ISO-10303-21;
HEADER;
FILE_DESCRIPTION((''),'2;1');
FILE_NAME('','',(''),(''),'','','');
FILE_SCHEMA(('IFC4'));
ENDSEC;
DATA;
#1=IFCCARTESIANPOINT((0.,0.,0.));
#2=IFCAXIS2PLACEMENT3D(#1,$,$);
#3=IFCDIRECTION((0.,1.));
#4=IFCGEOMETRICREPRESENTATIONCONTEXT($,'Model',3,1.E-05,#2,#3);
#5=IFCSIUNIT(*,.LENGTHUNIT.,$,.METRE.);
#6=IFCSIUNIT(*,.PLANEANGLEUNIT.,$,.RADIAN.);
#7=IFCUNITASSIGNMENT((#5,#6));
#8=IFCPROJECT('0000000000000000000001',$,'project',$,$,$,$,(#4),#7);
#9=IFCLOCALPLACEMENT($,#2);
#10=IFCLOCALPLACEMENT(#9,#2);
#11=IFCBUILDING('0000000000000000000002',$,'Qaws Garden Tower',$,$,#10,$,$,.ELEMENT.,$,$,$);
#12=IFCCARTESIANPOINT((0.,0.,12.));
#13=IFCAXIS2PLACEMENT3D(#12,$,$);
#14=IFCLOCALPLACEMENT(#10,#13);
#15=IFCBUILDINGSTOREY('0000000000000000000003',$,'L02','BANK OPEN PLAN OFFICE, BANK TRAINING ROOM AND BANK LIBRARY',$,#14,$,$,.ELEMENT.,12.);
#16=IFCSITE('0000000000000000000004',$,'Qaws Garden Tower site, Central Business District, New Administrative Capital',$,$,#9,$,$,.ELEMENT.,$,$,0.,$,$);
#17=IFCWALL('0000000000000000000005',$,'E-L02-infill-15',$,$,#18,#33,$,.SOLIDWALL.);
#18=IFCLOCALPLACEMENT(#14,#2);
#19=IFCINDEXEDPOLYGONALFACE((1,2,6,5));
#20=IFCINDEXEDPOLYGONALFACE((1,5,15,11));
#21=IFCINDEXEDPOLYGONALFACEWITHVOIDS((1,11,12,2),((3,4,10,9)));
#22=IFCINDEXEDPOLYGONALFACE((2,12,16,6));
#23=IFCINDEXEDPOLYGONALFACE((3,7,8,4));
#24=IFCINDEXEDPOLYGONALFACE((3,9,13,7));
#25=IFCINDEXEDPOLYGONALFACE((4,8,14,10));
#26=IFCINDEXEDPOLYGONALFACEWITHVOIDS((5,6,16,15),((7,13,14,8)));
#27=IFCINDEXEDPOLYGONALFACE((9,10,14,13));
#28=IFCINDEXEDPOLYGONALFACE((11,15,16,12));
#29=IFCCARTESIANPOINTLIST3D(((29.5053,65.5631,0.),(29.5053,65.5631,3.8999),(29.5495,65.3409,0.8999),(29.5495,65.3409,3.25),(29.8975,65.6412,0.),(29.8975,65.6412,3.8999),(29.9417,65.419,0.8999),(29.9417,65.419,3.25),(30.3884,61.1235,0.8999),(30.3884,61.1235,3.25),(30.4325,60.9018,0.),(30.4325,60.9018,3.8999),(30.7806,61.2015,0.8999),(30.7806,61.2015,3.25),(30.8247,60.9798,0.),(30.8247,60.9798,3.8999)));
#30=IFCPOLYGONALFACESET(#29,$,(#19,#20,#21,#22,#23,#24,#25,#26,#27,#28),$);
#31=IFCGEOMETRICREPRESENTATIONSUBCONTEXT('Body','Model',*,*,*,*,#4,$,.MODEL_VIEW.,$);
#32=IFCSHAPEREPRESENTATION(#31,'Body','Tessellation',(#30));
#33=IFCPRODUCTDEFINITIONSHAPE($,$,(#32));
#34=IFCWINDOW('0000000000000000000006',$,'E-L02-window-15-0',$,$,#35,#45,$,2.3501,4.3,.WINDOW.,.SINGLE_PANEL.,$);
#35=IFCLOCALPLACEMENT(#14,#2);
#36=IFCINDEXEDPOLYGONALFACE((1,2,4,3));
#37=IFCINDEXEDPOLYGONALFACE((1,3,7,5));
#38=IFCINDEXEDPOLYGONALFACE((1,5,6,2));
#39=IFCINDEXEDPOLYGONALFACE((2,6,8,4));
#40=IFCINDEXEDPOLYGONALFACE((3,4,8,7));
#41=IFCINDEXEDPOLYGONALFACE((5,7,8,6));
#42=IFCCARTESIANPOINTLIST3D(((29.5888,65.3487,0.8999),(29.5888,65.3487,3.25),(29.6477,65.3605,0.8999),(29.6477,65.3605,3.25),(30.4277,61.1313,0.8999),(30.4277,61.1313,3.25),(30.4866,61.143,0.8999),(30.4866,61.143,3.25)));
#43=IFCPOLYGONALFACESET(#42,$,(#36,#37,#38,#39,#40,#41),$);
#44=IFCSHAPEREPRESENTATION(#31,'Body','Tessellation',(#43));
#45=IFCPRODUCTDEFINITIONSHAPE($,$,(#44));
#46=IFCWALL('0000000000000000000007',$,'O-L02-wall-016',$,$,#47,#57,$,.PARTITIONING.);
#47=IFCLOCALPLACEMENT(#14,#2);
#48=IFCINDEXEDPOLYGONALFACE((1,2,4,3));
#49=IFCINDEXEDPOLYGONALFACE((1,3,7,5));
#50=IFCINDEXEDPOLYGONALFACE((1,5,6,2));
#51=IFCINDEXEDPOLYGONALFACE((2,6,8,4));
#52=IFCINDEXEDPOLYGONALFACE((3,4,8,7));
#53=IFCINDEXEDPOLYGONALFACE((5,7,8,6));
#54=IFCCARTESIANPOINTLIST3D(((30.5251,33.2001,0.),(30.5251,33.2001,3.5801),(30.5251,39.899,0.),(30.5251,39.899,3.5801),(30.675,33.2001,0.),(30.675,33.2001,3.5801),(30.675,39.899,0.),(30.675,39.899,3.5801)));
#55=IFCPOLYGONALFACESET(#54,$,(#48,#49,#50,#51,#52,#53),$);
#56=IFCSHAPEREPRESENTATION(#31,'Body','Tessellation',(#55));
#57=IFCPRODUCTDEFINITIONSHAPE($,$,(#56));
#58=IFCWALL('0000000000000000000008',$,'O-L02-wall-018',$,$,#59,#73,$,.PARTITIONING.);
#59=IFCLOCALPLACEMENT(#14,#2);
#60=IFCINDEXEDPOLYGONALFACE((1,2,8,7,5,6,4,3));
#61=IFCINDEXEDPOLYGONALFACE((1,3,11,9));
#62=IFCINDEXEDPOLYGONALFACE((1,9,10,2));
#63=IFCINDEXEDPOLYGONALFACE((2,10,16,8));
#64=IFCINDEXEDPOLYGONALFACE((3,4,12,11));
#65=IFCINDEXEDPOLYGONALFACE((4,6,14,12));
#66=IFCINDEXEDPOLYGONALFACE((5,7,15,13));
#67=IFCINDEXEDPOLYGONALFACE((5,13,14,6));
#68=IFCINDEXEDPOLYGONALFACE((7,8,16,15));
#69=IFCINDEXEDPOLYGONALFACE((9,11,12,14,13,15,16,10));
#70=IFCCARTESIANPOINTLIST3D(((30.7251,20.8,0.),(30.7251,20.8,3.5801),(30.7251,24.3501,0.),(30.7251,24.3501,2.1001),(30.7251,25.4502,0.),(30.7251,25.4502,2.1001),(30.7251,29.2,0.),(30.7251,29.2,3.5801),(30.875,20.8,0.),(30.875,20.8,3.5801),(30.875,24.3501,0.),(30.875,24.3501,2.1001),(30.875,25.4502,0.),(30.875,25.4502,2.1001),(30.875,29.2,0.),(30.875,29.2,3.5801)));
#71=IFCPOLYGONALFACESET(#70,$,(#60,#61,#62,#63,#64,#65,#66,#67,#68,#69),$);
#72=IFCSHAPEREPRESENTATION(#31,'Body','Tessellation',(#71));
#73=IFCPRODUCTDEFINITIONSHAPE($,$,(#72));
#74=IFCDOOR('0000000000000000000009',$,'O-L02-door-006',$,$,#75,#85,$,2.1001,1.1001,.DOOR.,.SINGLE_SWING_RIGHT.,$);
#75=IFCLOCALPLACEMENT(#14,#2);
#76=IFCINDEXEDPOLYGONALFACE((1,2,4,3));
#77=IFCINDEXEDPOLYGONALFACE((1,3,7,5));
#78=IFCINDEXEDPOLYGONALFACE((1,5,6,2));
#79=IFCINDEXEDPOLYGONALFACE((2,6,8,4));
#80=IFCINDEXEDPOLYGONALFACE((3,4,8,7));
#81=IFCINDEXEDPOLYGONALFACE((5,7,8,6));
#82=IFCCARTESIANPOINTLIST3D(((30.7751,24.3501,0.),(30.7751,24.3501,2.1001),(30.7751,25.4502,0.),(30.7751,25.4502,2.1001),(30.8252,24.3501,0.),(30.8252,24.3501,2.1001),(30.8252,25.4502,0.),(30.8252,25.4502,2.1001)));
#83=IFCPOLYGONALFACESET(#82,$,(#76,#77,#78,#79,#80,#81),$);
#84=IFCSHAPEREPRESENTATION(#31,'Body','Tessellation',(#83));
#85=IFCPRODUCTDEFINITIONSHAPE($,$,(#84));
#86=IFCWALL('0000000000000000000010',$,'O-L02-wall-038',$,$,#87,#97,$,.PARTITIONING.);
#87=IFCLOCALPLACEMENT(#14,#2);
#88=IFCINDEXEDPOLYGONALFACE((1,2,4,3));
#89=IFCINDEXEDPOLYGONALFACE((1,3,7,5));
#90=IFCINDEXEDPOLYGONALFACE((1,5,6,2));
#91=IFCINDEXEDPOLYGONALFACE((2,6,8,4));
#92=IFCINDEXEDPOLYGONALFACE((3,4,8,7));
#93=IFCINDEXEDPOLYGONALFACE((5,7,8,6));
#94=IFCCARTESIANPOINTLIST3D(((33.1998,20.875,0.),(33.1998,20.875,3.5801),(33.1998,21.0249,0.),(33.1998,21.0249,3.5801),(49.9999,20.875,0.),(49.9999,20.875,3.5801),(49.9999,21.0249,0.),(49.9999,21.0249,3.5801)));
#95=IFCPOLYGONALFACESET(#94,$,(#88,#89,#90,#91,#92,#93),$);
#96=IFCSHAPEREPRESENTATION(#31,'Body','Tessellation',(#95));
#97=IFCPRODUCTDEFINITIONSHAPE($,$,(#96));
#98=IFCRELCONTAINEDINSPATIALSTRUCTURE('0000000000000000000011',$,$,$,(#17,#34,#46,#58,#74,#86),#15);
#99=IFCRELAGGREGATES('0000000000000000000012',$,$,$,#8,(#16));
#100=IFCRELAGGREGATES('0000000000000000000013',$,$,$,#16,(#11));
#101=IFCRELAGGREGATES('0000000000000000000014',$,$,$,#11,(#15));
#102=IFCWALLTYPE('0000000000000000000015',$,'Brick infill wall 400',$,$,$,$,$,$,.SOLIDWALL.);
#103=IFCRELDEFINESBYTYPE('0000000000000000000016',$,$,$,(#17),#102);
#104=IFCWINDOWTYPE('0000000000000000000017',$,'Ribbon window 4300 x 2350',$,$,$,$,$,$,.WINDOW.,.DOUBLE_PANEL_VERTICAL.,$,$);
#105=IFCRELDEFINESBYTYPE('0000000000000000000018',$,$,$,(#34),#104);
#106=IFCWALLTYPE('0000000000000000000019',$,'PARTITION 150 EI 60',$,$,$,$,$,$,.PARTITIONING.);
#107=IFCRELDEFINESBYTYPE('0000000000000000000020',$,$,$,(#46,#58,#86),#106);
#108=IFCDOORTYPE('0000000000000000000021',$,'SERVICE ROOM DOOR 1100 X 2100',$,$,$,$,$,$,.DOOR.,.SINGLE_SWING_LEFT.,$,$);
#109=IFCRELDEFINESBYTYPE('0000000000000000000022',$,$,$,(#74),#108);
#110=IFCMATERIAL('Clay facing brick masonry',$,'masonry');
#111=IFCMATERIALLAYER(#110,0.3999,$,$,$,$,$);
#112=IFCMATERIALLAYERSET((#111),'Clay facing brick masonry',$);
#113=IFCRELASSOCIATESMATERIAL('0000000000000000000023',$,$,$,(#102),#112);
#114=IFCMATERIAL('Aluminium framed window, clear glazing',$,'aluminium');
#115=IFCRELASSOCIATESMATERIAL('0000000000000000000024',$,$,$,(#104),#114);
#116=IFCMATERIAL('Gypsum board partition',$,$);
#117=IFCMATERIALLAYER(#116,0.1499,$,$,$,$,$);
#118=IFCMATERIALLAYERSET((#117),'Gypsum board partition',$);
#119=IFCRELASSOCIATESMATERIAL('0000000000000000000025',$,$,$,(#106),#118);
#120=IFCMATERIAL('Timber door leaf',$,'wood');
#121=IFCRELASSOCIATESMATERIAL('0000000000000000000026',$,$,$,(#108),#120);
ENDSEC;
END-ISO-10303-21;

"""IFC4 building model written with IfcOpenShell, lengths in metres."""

from ifc_helpers import new_model, si_unit, direction, frame, frame_2d, origin, place, context, subcontext, project, spatial, rectangle, extrude, material, layer, layer_set, type_object, element, fill, save


model = new_model("IFC4")

# Units and contexts
model_context = context("Model", 3, precision=1e-05, world=origin(), true_north=direction((0.0, 1.0)))
body_context = subcontext(model_context, "Body", "Model", "MODEL_VIEW")
ifc_project = project(units=[si_unit("LENGTHUNIT", "METRE"), si_unit("PLANEANGLEUNIT", "RADIAN")], contexts=[model_context])

# Site, building, storey
site_placement = place(None, origin())
site = spatial("IfcSite", under=ifc_project, at=site_placement, Name="Qaws Garden Tower site, Central Business District, New Administrative Capital", CompositionType="ELEMENT", RefElevation=0.0)
building_placement = place(site_placement, origin())
building = spatial("IfcBuilding", under=site, at=building_placement, Name="Qaws Garden Tower", CompositionType="ELEMENT")
storey_placement = place(building_placement, frame((0.0, 0.0, 12.0)))
storey = spatial("IfcBuildingStorey", under=building, at=storey_placement, Name="L02", Description="BANK OPEN PLAN OFFICE, BANK TRAINING ROOM AND BANK LIBRARY", CompositionType="ELEMENT", Elevation=12.0)

# Shared definitions
ifc_material_1 = material(Name="Clay facing brick masonry", Category="masonry")
ifc_layer_1 = layer(ifc_material_1, 0.3999)
ifc_layer_set_1 = layer_set([ifc_layer_1], Name="Clay facing brick masonry")
wall_type_1 = type_object("IfcWallType", Name="Brick infill wall 400", PredefinedType="SOLIDWALL", material=ifc_layer_set_1)

# Wall, opening, window
wall_1_placement = place(storey_placement, frame((30.6287, 60.9407, 0.0), z_axis=(0.0, 0.0, 1.0), x_axis=(-0.195099, 0.980784, 0.0)))
wall_1 = element("IfcWall", 1, at=wall_1_placement, inside=storey, type_object=wall_type_1, Name="E-L02-infill-15", PredefinedType="SOLIDWALL", context=body_context, shape_type="SweptSolid", body=[
    extrude(rectangle(XDim=4.7527, YDim=0.3999, at=frame_2d((2.3765, 0.0))), origin(), (0.0, 0.0, 1.0), 3.8999),
])
opening_1_placement = place(wall_1_placement, frame((0.2263, 0.0, 0.8999)))
opening_1 = element("IfcOpeningElement", 2, at=opening_1_placement, cuts=wall_1, PredefinedType="OPENING", context=body_context, shape_type="SweptSolid", body=[
    extrude(rectangle(XDim=4.3, YDim=2.3501, at=frame_2d((2.1499, 1.175))), frame((0.0, 0.21, 0.0), z_axis=(0.0, -1.0, 0.0), x_axis=(1.0, 0.0, 0.0)), (0.0, 0.0, 1.0), 0.4199),
])
ifc_material_2 = material(Name="Aluminium framed window, clear glazing", Category="aluminium")
window_type_1 = type_object("IfcWindowType", Name="Ribbon window 4300 x 2350", PartitioningType="DOUBLE_PANEL_VERTICAL", PredefinedType="WINDOW", material=ifc_material_2)
window_1_placement = place(opening_1_placement, origin())
window_1 = element("IfcWindow", 3, at=window_1_placement, inside=storey, type_object=window_type_1, Name="E-L02-window-15-0", OverallHeight=2.3501, OverallWidth=4.3, PartitioningType="SINGLE_PANEL", PredefinedType="WINDOW", context=body_context, shape_type="SweptSolid", body=[
    extrude(rectangle(XDim=4.3, YDim=2.3501, at=frame_2d((2.1499, 1.175))), frame((0.0, 0.1599, 0.0), z_axis=(0.0, -1.0, 0.0), x_axis=(1.0, 0.0, 0.0)), (0.0, 0.0, 1.0), 0.0601),
])
fill(opening_1, window_1)

# Wall
ifc_material_3 = material(Name="Gypsum board partition")
ifc_layer_2 = layer(ifc_material_3, 0.1499)
ifc_layer_set_2 = layer_set([ifc_layer_2], Name="Gypsum board partition")
wall_type_2 = type_object("IfcWallType", Name="PARTITION 150 EI 60", PredefinedType="PARTITIONING", material=ifc_layer_set_2)
wall_2_placement = place(storey_placement, frame((30.6001, 33.2, 0.0), z_axis=(0.0, 0.0, 1.0), x_axis=(0.0, 1.0, 0.0)))
element("IfcWall", 4, at=wall_2_placement, inside=storey, type_object=wall_type_2, Name="O-L02-wall-016", PredefinedType="PARTITIONING", context=body_context, shape_type="SweptSolid", body=[
    extrude(rectangle(XDim=6.699, YDim=0.1499, at=frame_2d((3.3496, 0.0))), origin(), (0.0, 0.0, 1.0), 3.5801),
])

# Wall, opening, door
wall_3_placement = place(storey_placement, frame((30.8, 20.8, 0.0), z_axis=(0.0, 0.0, 1.0), x_axis=(0.0, 1.0, 0.0)))
wall_3 = element("IfcWall", 5, at=wall_3_placement, inside=storey, type_object=wall_type_2, Name="O-L02-wall-018", PredefinedType="PARTITIONING", context=body_context, shape_type="SweptSolid", body=[
    extrude(rectangle(XDim=8.3999, YDim=0.1499, at=frame_2d((4.2, 0.0))), origin(), (0.0, 0.0, 1.0), 3.5801),
])
opening_2_placement = place(wall_3_placement, frame((3.55, 0.0, 0.0)))
opening_2 = element("IfcOpeningElement", 6, at=opening_2_placement, cuts=wall_3, PredefinedType="OPENING", context=body_context, shape_type="SweptSolid", body=[
    extrude(rectangle(XDim=1.1001, YDim=2.1001, at=frame_2d((0.55, 1.05))), frame((0.0, 0.085, 0.0), z_axis=(0.0, -1.0, 0.0), x_axis=(1.0, 0.0, 0.0)), (0.0, 0.0, 1.0), 0.1699),
])
ifc_material_4 = material(Name="Timber door leaf", Category="wood")
door_type = type_object("IfcDoorType", Name="SERVICE ROOM DOOR 1100 X 2100", OperationType="SINGLE_SWING_LEFT", PredefinedType="DOOR", material=ifc_material_4)
door_placement = place(opening_2_placement, origin())
door = element("IfcDoor", 7, at=door_placement, inside=storey, type_object=door_type, Name="O-L02-door-006", OperationType="SINGLE_SWING_RIGHT", OverallHeight=2.1001, OverallWidth=1.1001, PredefinedType="DOOR", context=body_context, shape_type="SweptSolid", body=[
    extrude(rectangle(XDim=1.1001, YDim=2.1001, at=frame_2d((0.55, 1.05))), frame((0.0, 0.0249, 0.0), z_axis=(0.0, -1.0, 0.0), x_axis=(1.0, 0.0, 0.0)), (0.0, 0.0, 1.0), 0.05),
])
fill(opening_2, door)

# Wall
wall_4_placement = place(storey_placement, frame((33.2, 20.95, 0.0), z_axis=(0.0, 0.0, 1.0), x_axis=(1.0, 0.0, 0.0)))
element("IfcWall", 8, at=wall_4_placement, inside=storey, type_object=wall_type_2, Name="O-L02-wall-038", PredefinedType="PARTITIONING", context=body_context, shape_type="SweptSolid", body=[
    extrude(rectangle(XDim=16.8, YDim=0.1499, at=frame_2d((8.3999, 0.0))), origin(), (0.0, 0.0, 1.0), 3.5801),
])

save(model, "model.ifc")
